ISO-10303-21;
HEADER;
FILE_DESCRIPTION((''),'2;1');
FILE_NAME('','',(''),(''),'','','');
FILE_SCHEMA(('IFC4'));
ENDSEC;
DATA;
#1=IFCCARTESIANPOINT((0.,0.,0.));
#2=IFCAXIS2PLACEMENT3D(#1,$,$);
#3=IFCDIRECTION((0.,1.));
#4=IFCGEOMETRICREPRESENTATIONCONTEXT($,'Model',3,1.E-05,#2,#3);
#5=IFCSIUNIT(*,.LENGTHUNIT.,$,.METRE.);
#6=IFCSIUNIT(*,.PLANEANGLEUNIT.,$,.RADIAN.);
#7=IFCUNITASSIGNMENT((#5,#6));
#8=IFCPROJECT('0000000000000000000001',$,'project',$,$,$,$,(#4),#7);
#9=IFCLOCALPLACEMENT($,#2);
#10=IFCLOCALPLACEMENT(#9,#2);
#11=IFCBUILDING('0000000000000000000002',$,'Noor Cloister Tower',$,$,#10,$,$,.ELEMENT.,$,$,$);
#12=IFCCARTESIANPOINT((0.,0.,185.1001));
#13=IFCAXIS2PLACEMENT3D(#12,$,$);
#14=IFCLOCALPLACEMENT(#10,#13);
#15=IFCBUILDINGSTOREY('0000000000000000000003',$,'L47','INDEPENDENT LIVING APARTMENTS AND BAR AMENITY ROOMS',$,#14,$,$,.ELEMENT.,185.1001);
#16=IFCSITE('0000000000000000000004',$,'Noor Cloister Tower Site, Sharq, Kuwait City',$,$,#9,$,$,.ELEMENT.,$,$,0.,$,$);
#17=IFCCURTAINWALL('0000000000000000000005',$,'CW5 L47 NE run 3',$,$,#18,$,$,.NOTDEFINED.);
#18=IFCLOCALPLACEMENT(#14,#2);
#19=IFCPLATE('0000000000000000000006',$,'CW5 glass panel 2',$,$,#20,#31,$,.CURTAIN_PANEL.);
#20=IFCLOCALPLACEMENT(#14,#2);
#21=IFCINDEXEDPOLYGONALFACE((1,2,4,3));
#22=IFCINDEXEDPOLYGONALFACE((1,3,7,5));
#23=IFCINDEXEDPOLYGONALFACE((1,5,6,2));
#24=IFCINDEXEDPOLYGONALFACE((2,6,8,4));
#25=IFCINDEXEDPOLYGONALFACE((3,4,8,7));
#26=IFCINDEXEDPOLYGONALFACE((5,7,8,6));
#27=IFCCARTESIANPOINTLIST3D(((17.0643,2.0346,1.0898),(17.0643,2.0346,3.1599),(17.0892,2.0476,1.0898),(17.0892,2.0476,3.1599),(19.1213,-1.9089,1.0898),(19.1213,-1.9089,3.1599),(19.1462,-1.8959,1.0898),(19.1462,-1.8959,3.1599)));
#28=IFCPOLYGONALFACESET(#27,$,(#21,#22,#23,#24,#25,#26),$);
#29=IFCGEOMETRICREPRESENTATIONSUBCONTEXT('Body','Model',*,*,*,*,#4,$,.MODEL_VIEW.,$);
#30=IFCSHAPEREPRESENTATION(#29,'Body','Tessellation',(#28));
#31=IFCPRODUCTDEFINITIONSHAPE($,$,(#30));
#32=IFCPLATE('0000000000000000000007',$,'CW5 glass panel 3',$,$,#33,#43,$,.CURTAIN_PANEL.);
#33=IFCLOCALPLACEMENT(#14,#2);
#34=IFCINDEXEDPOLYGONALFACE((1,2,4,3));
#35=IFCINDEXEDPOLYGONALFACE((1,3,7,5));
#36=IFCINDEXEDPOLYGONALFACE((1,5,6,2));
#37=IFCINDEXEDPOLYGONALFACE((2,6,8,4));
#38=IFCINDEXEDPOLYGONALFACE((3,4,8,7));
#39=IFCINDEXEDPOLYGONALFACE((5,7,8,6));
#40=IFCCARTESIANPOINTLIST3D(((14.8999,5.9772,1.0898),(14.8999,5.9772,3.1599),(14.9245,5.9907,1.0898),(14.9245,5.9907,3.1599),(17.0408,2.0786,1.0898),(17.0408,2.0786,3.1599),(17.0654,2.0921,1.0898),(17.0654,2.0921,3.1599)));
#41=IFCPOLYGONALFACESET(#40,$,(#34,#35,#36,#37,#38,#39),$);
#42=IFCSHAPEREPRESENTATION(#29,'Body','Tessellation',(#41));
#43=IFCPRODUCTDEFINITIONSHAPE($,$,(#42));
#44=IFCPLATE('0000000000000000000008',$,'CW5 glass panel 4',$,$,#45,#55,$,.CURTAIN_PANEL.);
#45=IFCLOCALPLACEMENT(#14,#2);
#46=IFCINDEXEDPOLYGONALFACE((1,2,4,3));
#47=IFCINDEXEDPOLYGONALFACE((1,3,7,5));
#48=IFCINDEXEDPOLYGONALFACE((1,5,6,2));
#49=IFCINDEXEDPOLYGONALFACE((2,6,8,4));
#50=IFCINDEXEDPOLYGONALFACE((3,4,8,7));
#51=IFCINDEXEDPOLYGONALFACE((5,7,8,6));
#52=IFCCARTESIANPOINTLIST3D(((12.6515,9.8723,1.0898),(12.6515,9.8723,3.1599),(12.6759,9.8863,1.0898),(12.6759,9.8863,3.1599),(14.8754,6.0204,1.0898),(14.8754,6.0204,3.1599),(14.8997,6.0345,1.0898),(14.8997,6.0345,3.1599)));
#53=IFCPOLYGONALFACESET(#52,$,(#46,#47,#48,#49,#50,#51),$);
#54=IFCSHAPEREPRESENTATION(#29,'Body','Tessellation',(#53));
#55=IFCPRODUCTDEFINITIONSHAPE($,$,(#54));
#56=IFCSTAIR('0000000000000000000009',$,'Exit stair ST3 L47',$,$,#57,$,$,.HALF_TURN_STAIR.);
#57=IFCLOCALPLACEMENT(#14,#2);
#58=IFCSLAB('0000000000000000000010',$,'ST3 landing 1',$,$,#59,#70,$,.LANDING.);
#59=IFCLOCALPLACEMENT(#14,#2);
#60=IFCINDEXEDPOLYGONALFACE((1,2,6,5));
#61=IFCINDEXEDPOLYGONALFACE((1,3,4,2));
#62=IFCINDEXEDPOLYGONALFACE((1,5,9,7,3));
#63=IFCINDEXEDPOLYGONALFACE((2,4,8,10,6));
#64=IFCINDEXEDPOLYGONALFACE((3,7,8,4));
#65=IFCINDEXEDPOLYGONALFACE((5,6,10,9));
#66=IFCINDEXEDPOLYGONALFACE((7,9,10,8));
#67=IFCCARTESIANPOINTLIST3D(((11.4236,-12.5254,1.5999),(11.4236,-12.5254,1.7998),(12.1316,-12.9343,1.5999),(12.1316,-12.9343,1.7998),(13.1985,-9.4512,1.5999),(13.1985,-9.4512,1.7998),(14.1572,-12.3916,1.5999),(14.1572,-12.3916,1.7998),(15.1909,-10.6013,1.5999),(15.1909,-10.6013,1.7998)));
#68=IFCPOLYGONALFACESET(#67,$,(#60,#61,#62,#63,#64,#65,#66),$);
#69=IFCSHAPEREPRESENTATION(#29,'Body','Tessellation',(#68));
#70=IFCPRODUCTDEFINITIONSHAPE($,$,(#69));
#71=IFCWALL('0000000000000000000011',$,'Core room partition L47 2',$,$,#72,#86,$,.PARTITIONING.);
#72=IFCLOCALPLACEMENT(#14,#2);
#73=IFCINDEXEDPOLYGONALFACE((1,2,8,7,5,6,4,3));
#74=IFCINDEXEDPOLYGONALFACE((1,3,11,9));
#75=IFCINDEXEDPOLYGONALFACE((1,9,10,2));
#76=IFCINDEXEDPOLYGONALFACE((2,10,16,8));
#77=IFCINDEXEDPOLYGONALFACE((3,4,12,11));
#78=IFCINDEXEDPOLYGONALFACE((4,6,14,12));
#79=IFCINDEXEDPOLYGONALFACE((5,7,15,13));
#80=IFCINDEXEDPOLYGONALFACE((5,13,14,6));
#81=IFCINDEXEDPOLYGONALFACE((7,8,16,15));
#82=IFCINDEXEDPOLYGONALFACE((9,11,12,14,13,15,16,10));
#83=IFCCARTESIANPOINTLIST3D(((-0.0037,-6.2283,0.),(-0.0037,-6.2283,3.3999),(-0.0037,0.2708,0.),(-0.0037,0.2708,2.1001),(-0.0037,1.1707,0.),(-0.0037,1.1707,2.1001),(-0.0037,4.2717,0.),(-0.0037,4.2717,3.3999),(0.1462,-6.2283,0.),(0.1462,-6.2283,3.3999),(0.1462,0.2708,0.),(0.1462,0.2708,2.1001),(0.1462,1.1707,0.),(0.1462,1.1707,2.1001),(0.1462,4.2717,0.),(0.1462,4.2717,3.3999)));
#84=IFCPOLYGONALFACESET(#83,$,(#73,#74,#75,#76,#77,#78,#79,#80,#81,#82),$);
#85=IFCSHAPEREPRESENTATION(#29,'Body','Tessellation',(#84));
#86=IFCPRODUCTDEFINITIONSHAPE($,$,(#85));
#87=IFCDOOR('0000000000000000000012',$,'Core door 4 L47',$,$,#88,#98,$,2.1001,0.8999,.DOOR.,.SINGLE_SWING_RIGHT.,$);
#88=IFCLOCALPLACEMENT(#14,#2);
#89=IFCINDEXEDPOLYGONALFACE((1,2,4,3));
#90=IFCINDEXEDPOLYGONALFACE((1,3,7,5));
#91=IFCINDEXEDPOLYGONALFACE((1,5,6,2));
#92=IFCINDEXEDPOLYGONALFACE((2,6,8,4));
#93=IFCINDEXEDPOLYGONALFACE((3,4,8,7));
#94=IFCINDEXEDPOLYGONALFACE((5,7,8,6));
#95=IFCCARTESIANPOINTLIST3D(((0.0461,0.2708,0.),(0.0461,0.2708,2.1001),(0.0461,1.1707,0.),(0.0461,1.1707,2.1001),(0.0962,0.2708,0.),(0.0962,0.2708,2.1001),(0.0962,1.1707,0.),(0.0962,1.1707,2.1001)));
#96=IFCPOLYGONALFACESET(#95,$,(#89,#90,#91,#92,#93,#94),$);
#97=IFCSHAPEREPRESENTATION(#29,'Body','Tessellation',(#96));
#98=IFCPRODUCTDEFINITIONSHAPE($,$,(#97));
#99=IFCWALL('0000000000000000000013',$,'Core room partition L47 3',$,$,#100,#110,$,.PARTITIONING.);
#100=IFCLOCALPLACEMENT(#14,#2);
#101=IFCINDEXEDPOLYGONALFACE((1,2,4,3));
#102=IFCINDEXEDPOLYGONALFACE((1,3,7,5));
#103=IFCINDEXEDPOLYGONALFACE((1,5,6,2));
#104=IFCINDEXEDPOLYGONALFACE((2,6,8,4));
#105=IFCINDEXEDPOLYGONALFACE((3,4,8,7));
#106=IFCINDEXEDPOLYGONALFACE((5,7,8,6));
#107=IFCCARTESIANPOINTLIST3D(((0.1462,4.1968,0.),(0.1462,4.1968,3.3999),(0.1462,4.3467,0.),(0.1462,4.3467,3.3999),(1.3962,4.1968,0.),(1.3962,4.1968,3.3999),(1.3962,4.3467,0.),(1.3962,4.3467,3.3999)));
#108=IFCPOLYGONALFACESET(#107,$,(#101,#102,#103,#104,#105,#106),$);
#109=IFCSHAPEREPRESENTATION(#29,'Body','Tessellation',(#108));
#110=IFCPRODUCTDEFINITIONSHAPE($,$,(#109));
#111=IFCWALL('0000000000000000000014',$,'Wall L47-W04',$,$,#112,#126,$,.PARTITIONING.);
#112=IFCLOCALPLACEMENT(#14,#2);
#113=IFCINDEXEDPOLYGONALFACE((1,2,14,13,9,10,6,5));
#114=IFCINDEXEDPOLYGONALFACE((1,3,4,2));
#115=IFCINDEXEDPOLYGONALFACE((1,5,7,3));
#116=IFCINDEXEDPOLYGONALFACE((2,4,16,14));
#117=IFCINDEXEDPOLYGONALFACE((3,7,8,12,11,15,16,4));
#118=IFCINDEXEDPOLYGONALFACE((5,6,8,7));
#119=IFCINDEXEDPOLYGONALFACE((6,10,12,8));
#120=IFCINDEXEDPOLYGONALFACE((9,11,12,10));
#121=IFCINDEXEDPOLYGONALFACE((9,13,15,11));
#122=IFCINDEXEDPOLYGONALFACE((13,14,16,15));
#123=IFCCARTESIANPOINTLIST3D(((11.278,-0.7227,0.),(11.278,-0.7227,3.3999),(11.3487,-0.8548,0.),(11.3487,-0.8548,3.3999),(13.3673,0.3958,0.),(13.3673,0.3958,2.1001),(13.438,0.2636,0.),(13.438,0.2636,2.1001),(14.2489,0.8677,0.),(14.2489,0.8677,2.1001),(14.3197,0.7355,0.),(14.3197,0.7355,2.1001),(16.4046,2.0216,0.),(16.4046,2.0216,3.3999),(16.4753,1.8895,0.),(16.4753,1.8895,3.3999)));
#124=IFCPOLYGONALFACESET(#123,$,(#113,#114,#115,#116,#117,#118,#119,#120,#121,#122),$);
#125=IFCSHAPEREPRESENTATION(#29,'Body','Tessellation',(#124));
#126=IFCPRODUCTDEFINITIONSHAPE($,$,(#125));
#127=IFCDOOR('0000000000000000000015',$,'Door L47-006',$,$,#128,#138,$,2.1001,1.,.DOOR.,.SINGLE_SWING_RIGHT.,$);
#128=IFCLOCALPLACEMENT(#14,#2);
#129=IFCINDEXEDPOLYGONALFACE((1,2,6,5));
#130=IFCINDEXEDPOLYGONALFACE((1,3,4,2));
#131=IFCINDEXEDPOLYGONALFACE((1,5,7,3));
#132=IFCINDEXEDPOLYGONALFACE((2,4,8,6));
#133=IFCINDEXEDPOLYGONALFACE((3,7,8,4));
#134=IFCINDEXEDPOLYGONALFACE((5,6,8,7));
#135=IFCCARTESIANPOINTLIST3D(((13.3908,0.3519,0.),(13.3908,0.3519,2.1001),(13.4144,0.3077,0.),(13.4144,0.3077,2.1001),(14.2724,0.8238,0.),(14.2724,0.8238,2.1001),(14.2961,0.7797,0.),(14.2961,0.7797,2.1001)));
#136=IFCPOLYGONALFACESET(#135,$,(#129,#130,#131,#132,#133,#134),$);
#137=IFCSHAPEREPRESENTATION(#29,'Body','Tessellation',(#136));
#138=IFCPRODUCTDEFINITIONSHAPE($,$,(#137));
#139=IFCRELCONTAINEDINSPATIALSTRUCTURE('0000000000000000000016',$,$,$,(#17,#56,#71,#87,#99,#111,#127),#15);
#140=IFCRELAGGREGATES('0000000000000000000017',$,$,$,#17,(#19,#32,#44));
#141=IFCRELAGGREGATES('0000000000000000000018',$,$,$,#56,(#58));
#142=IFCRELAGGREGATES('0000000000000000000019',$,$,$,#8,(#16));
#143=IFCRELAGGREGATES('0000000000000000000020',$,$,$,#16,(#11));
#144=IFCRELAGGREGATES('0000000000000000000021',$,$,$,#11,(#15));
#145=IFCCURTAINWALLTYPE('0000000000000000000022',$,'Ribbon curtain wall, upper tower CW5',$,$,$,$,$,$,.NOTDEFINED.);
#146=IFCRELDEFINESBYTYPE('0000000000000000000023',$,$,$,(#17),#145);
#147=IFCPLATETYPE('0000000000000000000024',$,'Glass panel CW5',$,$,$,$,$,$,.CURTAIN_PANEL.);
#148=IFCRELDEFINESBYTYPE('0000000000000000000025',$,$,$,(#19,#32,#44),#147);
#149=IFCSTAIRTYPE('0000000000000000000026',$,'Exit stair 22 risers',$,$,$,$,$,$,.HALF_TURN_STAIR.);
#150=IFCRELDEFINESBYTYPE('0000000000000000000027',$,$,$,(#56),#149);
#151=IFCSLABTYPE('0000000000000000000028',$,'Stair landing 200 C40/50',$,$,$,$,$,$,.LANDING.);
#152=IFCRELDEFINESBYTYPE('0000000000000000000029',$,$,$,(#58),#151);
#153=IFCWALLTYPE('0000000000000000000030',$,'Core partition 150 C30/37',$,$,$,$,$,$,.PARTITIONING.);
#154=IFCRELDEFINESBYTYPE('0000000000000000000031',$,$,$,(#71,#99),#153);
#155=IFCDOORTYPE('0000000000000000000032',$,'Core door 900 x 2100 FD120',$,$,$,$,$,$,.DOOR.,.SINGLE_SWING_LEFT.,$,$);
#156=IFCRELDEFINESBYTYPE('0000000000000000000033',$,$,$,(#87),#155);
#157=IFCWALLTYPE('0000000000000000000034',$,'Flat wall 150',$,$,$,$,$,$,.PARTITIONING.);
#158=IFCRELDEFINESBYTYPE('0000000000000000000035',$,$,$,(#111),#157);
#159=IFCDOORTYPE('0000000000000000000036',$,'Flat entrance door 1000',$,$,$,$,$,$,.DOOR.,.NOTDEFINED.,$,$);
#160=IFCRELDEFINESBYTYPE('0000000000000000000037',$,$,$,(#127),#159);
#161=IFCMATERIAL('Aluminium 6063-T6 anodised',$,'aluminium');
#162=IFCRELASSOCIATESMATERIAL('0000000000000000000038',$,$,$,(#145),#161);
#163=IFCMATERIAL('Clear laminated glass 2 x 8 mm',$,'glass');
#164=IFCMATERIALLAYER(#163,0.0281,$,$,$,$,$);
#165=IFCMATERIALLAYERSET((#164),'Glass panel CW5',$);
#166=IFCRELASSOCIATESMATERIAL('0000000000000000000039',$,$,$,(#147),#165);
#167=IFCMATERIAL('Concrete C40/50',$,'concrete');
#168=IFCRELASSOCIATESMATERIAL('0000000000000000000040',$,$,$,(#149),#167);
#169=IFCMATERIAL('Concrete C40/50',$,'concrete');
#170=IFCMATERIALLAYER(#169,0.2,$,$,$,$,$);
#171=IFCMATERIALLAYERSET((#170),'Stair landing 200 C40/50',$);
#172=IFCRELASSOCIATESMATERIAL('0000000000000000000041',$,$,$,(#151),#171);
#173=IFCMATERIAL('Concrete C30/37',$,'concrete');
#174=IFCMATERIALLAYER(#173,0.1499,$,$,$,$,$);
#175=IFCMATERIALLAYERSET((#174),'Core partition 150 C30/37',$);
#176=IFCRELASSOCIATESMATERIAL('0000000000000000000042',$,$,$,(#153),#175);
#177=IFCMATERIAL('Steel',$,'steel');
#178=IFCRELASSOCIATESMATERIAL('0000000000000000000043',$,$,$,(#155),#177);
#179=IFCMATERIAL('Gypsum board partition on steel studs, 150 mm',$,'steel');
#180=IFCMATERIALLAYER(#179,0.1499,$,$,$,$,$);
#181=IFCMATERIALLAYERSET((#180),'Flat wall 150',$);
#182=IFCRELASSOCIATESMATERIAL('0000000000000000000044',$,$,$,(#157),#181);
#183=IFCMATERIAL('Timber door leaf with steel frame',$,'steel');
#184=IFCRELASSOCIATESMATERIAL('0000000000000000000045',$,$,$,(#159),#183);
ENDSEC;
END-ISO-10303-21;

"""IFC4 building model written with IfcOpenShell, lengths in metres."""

from ifc_helpers import new_model, si_unit, direction, frame, frame_2d, origin, origin_2d, place, context, subcontext, project, spatial, polyline, rectangle, outline, extrude, material, layer, layer_set, type_object, element, fill, aggregate, save


model = new_model("IFC4")

# Units and contexts
model_context = context("Model", 3, precision=1e-05, world=origin(), true_north=direction((0.0, 1.0)))
body_context = subcontext(model_context, "Body", "Model", "MODEL_VIEW")
ifc_project = project(units=[si_unit("LENGTHUNIT", "METRE"), si_unit("PLANEANGLEUNIT", "RADIAN")], contexts=[model_context])

# Site, building, storey
site_placement = place(None, origin())
site = spatial("IfcSite", under=ifc_project, at=site_placement, Name="Noor Cloister Tower Site, Sharq, Kuwait City", CompositionType="ELEMENT", RefElevation=0.0)
building_placement = place(site_placement, origin())
building = spatial("IfcBuilding", under=site, at=building_placement, Name="Noor Cloister Tower", CompositionType="ELEMENT")
storey_placement = place(building_placement, frame((0.0, 0.0, 185.1001)))
storey = spatial("IfcBuildingStorey", under=building, at=storey_placement, Name="L47", Description="INDEPENDENT LIVING APARTMENTS AND BAR AMENITY ROOMS", CompositionType="ELEMENT", Elevation=185.1001)

# Curtain wall
ifc_material_1 = material(Name="Aluminium 6063-T6 anodised", Category="aluminium")
curtain_wall_type = type_object("IfcCurtainWallType", Name="Ribbon curtain wall, upper tower CW5", PredefinedType="NOTDEFINED", material=ifc_material_1)
curtain_wall_placement = place(storey_placement, origin())
curtain_wall = element("IfcCurtainWall", 1, at=curtain_wall_placement, inside=storey, type_object=curtain_wall_type, Name="CW5 L47 NE run 3", PredefinedType="NOTDEFINED")

# Plates
ifc_material_2 = material(Name="Clear laminated glass 2 x 8 mm", Category="glass")
ifc_layer_1 = layer(ifc_material_2, 0.0281)
ifc_layer_set_1 = layer_set([ifc_layer_1], Name="Glass panel CW5")
plate_type = type_object("IfcPlateType", Name="Glass panel CW5", PredefinedType="CURTAIN_PANEL", material=ifc_layer_set_1)
plate_1_placement = place(storey_placement, frame((18.1052, 0.0693, 1.0898), z_axis=(0.0, 0.0, 1.0), x_axis=(-0.462473, 0.886633, 0.0)))
plate_1 = element("IfcPlate", 2, at=plate_1_placement, type_object=plate_type, Name="CW5 glass panel 2", PredefinedType="CURTAIN_PANEL", context=body_context, shape_type="SweptSolid", body=[
    extrude(rectangle(XDim=4.4478, YDim=0.0281, at=origin_2d()), origin(), (0.0, 0.0, 1.0), 2.0701),
])
plate_2_placement = place(storey_placement, frame((15.9827, 4.0347, 1.0898), z_axis=(0.0, 0.0, 1.0), x_axis=(-0.481347, 0.87653, 0.0)))
plate_2 = element("IfcPlate", 3, at=plate_2_placement, type_object=plate_type, Name="CW5 glass panel 3", PredefinedType="CURTAIN_PANEL", context=body_context, shape_type="SweptSolid", body=[
    extrude(rectangle(XDim=4.4478, YDim=0.0281, at=origin_2d()), origin(), (0.0, 0.0, 1.0), 2.0701),
])
plate_3_placement = place(storey_placement, frame((13.7756, 7.9534, 1.0898), z_axis=(0.0, 0.0, 1.0), x_axis=(-0.5, 0.866025, 0.0)))
plate_3 = element("IfcPlate", 4, at=plate_3_placement, type_object=plate_type, Name="CW5 glass panel 4", PredefinedType="CURTAIN_PANEL", context=body_context, shape_type="SweptSolid", body=[
    extrude(rectangle(XDim=4.4478, YDim=0.0281, at=origin_2d()), origin(), (0.0, 0.0, 1.0), 2.0701),
])
aggregate(curtain_wall, [plate_1, plate_2, plate_3])

# Stair, slab
ifc_material_3 = material(Name="Concrete C40/50", Category="concrete")
stair_type = type_object("IfcStairType", Name="Exit stair 22 risers", PredefinedType="HALF_TURN_STAIR", material=ifc_material_3)
stair_placement = place(storey_placement, origin())
stair = element("IfcStair", 5, at=stair_placement, inside=storey, type_object=stair_type, Name="Exit stair ST3 L47", PredefinedType="HALF_TURN_STAIR")
ifc_material_4 = material(Name="Concrete C40/50", Category="concrete")
ifc_layer_2 = layer(ifc_material_4, 0.2)
ifc_layer_set_2 = layer_set([ifc_layer_2], Name="Stair landing 200 C40/50")
slab_type = type_object("IfcSlabType", Name="Stair landing 200 C40/50", PredefinedType="LANDING", material=ifc_layer_set_2)
slab_placement = place(storey_placement, frame((0.0, 0.0, 1.5999)))
slab = element("IfcSlab", 6, at=slab_placement, type_object=slab_type, Name="ST3 landing 1", PredefinedType="LANDING", context=body_context, shape_type="SweptSolid", body=[
    extrude(outline(polyline([(11.4236, -12.5254), (12.1316, -12.9343), (14.1572, -12.3916), (15.1909, -10.6013), (13.1985, -9.4512), (11.4236, -12.5254)])), origin(), (0.0, 0.0, 1.0), 0.2),
])
aggregate(stair, [slab])

# Wall, opening, door
ifc_material_5 = material(Name="Concrete C30/37", Category="concrete")
ifc_layer_3 = layer(ifc_material_5, 0.1499)
ifc_layer_set_3 = layer_set([ifc_layer_3], Name="Core partition 150 C30/37")
wall_type_1 = type_object("IfcWallType", Name="Core partition 150 C30/37", PredefinedType="PARTITIONING", material=ifc_layer_set_3)
wall_1_placement = place(storey_placement, frame((0.0713, 4.2717, 0.0), z_axis=(0.0, 0.0, 1.0), x_axis=(0.0, -1.0, 0.0)))
wall_1 = element("IfcWall", 7, at=wall_1_placement, inside=storey, type_object=wall_type_1, Name="Core room partition L47 2", PredefinedType="PARTITIONING", context=body_context, shape_type="SweptSolid", body=[
    extrude(rectangle(XDim=10.5, YDim=0.1499, at=frame_2d((5.25, 0.0))), origin(), (0.0, 0.0, 1.0), 3.3999),
])
opening_1_placement = place(wall_1_placement, frame((3.1011, 0.0, 0.0)))
opening_1 = element("IfcOpeningElement", 8, at=opening_1_placement, cuts=wall_1, PredefinedType="OPENING", context=body_context, shape_type="SweptSolid", body=[
    extrude(rectangle(XDim=0.8999, YDim=2.1001, at=frame_2d((0.45, 1.05))), frame((0.0, 0.085, 0.0), z_axis=(0.0, -1.0, 0.0), x_axis=(1.0, 0.0, 0.0)), (0.0, 0.0, 1.0), 0.1699),
])
ifc_material_6 = material(Name="Steel", Category="steel")
door_type_1 = type_object("IfcDoorType", Name="Core door 900 x 2100 FD120", OperationType="SINGLE_SWING_LEFT", PredefinedType="DOOR", material=ifc_material_6)
door_1_placement = place(opening_1_placement, origin())
door_1 = element("IfcDoor", 9, at=door_1_placement, inside=storey, type_object=door_type_1, Name="Core door 4 L47", OperationType="SINGLE_SWING_RIGHT", OverallHeight=2.1001, OverallWidth=0.8999, PredefinedType="DOOR", context=body_context, shape_type="SweptSolid", body=[
    extrude(rectangle(XDim=0.8999, YDim=2.1001, at=frame_2d((0.45, 1.05))), frame((0.0, 0.0249, 0.0), z_axis=(0.0, -1.0, 0.0), x_axis=(1.0, 0.0, 0.0)), (0.0, 0.0, 1.0), 0.05),
])
fill(opening_1, door_1)

# Wall
wall_2_placement = place(storey_placement, frame((0.1462, 4.2717, 0.0), z_axis=(0.0, 0.0, 1.0), x_axis=(1.0, 0.0, 0.0)))
element("IfcWall", 10, at=wall_2_placement, inside=storey, type_object=wall_type_1, Name="Core room partition L47 3", PredefinedType="PARTITIONING", context=body_context, shape_type="SweptSolid", body=[
    extrude(rectangle(XDim=1.25, YDim=0.1499, at=frame_2d((0.625, 0.0))), origin(), (0.0, 0.0, 1.0), 3.3999),
])

# Wall, opening, door
ifc_material_7 = material(Name="Gypsum board partition on steel studs, 150 mm", Category="steel")
ifc_layer_4 = layer(ifc_material_7, 0.1499)
ifc_layer_set_4 = layer_set([ifc_layer_4], Name="Flat wall 150")
wall_type_2 = type_object("IfcWallType", Name="Flat wall 150", PredefinedType="PARTITIONING", material=ifc_layer_set_4)
wall_3_placement = place(storey_placement, frame((16.4399, 1.9556, 0.0), z_axis=(0.0, 0.0, 1.0), x_axis=(-0.881628, -0.471945, 0.0)))
wall_3 = element("IfcWall", 11, at=wall_3_placement, inside=storey, type_object=wall_type_2, Name="Wall L47-W04", PredefinedType="PARTITIONING", context=body_context, shape_type="SweptSolid", body=[
    extrude(rectangle(XDim=5.8149, YDim=0.1499, at=frame_2d((2.9075, 0.0))), origin(), (0.0, 0.0, 1.0), 3.3999),
])
opening_2_placement = place(wall_3_placement, frame((2.4451, 0.0, 0.0)))
opening_2 = element("IfcOpeningElement", 12, at=opening_2_placement, cuts=wall_3, PredefinedType="OPENING", context=body_context, shape_type="SweptSolid", body=[
    extrude(rectangle(XDim=1.0, YDim=2.1001, at=frame_2d((0.5, 1.05))), frame((0.0, 0.085, 0.0), z_axis=(0.0, -1.0, 0.0), x_axis=(1.0, 0.0, 0.0)), (0.0, 0.0, 1.0), 0.1699),
])
ifc_material_8 = material(Name="Timber door leaf with steel frame", Category="steel")
door_type_2 = type_object("IfcDoorType", Name="Flat entrance door 1000", OperationType="NOTDEFINED", PredefinedType="DOOR", material=ifc_material_8)
door_2_placement = place(opening_2_placement, origin())
door_2 = element("IfcDoor", 13, at=door_2_placement, inside=storey, type_object=door_type_2, Name="Door L47-006", OperationType="SINGLE_SWING_RIGHT", OverallHeight=2.1001, OverallWidth=1.0, PredefinedType="DOOR", context=body_context, shape_type="SweptSolid", body=[
    extrude(rectangle(XDim=1.0, YDim=2.1001, at=frame_2d((0.5, 1.05))), frame((0.0, 0.0249, 0.0), z_axis=(0.0, -1.0, 0.0), x_axis=(1.0, 0.0, 0.0)), (0.0, 0.0, 1.0), 0.05),
])
fill(opening_2, door_2)

save(model, "model.ifc")
